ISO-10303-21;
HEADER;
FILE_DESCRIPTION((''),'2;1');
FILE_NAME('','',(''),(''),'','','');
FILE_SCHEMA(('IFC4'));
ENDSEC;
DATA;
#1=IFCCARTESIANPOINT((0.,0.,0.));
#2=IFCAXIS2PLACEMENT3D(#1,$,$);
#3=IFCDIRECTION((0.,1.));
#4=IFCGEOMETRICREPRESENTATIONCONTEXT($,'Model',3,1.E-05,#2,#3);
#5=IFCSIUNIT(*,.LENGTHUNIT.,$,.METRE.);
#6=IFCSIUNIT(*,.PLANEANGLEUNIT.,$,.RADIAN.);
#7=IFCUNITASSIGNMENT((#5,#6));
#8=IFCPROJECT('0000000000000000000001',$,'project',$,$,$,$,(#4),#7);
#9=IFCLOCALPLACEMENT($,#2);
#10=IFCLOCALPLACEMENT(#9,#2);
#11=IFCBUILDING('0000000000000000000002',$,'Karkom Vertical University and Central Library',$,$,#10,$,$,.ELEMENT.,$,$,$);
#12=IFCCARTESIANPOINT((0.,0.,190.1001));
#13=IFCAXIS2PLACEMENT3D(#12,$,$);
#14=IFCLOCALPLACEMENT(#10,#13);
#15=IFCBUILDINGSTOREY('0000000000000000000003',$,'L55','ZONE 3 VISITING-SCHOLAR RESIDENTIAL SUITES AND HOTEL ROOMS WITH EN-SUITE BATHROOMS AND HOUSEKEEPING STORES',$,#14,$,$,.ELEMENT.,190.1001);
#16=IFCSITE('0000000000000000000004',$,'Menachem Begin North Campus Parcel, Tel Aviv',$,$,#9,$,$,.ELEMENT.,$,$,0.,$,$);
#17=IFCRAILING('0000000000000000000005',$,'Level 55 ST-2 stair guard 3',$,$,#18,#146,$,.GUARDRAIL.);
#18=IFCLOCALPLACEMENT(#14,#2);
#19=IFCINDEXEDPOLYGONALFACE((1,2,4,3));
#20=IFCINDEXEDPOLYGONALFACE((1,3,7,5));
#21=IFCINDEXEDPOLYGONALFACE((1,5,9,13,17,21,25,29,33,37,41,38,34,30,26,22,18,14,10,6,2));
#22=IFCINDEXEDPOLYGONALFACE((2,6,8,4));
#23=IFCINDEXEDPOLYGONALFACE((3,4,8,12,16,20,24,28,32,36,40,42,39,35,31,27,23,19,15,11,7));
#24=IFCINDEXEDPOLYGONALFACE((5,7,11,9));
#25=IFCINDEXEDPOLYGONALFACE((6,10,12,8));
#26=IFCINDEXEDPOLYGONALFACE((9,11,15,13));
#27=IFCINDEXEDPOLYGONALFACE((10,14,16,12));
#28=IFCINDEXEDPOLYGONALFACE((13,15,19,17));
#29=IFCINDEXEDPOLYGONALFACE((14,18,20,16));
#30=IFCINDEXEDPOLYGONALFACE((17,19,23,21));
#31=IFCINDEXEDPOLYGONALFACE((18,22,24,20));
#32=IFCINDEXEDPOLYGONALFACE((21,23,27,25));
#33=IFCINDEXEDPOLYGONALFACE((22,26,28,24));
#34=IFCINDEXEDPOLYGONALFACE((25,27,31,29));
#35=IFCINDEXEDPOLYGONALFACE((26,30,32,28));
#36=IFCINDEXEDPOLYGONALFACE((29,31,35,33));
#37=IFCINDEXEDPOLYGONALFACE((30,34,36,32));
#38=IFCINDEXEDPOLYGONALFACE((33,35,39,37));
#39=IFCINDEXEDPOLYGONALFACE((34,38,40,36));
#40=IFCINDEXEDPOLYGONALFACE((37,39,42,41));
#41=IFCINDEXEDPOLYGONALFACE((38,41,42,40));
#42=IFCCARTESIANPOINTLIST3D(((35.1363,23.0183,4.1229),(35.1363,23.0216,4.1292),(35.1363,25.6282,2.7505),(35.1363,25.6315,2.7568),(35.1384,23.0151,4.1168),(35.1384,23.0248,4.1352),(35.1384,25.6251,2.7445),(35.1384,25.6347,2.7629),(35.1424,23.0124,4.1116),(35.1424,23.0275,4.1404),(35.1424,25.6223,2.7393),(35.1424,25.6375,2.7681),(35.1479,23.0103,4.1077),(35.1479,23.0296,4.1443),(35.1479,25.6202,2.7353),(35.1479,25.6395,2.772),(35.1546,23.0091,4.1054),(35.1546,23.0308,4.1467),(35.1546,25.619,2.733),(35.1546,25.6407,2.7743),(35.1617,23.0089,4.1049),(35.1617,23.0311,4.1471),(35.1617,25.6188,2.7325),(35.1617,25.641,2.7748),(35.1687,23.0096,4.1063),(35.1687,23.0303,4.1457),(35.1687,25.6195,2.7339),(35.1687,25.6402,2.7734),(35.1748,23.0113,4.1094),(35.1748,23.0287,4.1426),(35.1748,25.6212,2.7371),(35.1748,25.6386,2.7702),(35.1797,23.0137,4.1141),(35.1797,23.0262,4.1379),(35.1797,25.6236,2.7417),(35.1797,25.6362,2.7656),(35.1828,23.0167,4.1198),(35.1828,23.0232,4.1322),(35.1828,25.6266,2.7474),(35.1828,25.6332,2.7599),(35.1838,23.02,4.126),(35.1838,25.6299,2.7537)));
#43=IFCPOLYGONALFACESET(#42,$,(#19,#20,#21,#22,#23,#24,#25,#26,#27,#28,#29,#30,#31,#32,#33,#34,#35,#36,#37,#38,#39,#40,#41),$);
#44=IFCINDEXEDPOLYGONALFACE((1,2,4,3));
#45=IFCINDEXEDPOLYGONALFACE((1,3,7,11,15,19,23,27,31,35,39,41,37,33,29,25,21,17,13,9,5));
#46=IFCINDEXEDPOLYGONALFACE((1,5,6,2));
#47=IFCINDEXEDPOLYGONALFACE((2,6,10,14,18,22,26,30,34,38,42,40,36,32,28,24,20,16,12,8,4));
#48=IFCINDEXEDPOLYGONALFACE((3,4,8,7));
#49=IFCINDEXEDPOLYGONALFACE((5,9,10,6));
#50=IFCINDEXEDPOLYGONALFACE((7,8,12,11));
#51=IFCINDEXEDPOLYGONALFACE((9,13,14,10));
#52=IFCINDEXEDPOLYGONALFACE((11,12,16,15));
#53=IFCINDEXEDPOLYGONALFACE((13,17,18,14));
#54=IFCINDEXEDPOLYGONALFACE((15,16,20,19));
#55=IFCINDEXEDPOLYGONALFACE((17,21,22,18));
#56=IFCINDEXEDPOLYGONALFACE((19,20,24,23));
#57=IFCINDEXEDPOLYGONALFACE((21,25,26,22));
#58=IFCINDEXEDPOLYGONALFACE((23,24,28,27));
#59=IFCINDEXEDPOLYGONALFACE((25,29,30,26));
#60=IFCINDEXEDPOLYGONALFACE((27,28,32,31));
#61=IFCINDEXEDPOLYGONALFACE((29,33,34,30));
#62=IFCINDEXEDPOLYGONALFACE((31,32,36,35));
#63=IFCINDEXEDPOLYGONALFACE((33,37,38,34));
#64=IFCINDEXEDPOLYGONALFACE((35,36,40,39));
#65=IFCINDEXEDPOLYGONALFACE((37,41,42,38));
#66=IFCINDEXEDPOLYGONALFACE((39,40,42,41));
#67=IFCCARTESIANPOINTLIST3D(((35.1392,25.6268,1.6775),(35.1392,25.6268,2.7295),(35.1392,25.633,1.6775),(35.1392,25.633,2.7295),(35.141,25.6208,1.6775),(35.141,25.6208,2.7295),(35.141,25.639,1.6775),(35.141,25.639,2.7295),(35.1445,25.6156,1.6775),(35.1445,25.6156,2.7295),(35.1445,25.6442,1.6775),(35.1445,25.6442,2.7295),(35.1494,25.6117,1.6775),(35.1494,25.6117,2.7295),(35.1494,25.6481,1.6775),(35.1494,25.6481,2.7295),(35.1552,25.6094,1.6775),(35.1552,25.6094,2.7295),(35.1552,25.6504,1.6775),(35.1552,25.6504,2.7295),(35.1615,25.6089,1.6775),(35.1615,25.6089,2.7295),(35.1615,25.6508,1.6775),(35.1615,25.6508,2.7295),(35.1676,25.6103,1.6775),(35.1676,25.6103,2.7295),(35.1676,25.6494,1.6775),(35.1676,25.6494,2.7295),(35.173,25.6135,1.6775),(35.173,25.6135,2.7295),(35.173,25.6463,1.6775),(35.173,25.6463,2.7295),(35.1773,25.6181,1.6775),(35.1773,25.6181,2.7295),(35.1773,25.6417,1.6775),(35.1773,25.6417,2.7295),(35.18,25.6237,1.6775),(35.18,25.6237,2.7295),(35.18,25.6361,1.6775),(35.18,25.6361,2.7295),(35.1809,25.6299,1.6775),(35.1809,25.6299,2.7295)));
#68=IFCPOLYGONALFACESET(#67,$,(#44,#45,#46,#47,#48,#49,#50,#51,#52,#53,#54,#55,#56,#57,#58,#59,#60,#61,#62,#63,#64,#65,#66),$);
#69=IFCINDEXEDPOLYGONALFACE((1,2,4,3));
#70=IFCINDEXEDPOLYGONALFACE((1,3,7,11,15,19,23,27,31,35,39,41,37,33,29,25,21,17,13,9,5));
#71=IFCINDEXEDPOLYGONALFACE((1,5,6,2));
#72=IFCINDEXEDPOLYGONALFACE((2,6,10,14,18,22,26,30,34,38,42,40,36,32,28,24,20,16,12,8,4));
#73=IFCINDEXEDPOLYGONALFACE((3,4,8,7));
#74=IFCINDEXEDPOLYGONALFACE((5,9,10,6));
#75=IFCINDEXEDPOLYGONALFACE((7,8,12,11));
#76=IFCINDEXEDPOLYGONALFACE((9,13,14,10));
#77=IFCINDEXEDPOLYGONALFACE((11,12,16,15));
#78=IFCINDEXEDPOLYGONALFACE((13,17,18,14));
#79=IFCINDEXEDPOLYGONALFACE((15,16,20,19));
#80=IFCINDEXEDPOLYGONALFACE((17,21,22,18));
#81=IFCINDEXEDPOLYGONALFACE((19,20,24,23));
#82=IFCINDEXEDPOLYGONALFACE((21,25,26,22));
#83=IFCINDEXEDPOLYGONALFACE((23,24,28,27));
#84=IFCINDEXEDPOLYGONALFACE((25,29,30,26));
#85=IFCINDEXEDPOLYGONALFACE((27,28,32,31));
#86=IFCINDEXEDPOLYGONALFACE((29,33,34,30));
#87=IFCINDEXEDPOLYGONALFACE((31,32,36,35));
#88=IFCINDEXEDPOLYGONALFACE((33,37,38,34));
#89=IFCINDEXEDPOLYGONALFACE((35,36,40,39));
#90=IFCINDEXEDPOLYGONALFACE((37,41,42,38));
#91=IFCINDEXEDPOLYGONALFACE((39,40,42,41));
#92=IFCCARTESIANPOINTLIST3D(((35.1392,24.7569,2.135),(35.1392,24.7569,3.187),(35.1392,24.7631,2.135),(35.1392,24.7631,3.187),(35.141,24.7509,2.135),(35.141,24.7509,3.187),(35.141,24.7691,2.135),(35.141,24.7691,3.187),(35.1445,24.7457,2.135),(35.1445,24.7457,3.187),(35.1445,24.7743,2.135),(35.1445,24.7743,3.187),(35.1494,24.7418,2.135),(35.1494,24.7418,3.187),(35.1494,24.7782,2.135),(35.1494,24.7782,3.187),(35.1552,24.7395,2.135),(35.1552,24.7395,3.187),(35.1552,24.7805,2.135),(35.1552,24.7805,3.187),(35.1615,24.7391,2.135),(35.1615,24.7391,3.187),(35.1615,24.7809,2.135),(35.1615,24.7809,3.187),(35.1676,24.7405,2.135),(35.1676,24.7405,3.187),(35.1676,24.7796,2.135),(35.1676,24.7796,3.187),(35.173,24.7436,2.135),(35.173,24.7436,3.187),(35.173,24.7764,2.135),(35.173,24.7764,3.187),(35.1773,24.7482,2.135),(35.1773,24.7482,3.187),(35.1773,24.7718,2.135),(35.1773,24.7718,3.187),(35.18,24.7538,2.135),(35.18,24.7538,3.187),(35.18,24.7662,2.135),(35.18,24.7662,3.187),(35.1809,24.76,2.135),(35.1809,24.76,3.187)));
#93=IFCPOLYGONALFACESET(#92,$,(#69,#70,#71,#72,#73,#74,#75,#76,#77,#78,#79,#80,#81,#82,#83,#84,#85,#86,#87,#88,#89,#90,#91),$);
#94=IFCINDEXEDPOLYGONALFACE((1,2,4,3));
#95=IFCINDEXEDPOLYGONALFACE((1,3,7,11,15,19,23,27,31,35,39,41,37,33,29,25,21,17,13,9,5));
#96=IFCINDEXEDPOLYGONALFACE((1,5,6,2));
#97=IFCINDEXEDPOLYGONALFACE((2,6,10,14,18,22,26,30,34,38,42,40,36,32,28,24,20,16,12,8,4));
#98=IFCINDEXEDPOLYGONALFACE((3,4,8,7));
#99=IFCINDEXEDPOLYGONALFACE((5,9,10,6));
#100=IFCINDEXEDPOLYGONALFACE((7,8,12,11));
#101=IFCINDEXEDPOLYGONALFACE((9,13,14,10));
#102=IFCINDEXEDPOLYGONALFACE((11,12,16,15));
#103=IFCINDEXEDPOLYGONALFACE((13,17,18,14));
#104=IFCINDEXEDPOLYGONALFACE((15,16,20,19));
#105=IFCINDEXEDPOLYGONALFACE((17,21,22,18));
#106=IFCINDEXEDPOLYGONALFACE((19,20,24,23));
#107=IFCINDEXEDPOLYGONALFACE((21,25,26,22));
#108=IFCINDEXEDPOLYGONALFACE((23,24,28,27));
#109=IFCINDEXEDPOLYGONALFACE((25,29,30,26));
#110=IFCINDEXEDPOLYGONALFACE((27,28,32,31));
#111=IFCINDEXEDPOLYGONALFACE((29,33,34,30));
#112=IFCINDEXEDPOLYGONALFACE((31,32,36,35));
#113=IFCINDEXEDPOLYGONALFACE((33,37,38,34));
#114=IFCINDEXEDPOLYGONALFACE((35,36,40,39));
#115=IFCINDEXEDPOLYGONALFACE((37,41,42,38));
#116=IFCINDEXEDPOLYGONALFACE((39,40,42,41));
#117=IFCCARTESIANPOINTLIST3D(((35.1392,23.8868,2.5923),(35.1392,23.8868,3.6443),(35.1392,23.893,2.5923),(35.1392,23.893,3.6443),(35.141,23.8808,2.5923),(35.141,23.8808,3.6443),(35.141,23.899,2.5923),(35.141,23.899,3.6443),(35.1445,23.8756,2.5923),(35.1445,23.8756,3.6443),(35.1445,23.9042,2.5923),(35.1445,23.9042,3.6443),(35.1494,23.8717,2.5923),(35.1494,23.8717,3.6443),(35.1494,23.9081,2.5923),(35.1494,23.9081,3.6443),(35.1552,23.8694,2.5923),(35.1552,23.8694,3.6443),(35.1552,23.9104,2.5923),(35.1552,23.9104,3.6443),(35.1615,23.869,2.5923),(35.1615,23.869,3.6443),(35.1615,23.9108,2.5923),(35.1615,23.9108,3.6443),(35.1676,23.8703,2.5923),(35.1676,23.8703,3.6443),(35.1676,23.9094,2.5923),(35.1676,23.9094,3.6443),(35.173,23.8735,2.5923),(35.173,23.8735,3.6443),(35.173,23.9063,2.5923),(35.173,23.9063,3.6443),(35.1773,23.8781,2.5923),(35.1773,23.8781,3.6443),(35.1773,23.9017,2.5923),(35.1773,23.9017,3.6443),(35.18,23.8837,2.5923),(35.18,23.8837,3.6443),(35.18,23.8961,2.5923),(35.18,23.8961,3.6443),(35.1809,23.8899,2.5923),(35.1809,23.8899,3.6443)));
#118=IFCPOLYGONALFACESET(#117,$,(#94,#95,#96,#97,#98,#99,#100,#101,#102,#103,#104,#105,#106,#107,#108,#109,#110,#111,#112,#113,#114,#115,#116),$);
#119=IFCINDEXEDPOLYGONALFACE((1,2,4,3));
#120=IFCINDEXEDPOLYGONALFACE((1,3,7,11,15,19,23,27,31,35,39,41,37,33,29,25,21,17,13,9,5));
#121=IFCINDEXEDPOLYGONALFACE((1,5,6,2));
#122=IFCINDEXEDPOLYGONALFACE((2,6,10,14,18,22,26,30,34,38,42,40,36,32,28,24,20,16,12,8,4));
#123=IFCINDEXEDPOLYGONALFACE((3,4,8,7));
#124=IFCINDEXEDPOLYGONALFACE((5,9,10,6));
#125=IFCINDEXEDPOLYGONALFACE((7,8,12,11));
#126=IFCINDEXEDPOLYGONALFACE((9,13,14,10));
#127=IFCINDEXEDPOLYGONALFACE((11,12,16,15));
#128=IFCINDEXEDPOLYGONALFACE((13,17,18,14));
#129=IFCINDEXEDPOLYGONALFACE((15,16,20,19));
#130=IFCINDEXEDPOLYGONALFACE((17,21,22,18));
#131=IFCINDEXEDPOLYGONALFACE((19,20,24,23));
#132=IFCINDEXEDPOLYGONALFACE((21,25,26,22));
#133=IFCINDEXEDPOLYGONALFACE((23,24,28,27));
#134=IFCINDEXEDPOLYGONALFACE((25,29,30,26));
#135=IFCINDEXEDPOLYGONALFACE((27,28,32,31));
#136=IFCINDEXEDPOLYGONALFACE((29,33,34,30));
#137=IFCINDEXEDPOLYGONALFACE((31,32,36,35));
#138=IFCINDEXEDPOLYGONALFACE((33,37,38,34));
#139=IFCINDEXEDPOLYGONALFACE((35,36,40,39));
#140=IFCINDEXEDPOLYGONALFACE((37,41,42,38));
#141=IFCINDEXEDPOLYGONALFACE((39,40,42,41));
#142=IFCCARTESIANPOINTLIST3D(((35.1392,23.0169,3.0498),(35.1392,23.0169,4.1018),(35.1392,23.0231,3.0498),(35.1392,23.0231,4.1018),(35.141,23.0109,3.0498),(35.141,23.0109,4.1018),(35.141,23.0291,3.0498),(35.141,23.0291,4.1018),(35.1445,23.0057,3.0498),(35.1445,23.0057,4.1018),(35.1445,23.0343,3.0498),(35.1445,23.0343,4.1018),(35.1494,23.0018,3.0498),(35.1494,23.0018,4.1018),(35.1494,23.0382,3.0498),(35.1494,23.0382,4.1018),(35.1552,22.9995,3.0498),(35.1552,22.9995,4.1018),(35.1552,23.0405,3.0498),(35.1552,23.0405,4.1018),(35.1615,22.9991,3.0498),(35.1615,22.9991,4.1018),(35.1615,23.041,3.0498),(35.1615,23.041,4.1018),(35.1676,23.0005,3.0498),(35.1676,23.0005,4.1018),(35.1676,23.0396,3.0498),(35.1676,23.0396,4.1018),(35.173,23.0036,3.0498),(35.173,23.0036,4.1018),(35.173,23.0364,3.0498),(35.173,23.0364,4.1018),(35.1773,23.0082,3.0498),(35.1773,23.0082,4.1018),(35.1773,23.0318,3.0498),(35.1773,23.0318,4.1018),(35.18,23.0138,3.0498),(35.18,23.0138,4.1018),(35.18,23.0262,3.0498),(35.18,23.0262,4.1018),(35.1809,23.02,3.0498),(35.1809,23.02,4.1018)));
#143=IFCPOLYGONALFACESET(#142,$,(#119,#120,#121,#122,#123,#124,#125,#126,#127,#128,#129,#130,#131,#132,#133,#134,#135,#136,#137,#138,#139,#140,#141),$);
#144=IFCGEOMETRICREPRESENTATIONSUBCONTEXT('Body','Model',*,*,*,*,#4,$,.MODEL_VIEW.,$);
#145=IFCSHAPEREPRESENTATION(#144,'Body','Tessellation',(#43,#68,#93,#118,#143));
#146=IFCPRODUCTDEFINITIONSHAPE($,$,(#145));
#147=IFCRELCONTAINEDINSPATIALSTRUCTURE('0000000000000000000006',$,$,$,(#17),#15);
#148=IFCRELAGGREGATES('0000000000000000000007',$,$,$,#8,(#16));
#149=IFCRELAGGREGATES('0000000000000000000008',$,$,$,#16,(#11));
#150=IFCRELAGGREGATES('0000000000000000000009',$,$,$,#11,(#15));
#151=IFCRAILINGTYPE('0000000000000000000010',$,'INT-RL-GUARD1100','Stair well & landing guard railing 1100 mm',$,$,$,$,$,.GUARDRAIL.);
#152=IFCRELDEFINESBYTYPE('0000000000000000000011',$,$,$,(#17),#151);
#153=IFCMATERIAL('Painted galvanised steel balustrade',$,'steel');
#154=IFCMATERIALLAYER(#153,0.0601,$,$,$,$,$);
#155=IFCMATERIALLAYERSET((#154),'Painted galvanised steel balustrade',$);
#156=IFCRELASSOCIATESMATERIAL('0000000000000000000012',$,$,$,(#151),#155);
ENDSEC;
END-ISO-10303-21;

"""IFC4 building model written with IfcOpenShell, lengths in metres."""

from ifc_helpers import new_model, si_unit, direction, frame, origin, origin_2d, place, context, subcontext, project, spatial, circle, extrude, material, layer, layer_set, type_object, element, save


model = new_model("IFC4")

# Units and contexts
model_context = context("Model", 3, precision=1e-05, world=origin(), true_north=direction((0.0, 1.0)))
body_context = subcontext(model_context, "Body", "Model", "MODEL_VIEW")
ifc_project = project(units=[si_unit("LENGTHUNIT", "METRE"), si_unit("PLANEANGLEUNIT", "RADIAN")], contexts=[model_context])

# Site, building, storey
site_placement = place(None, origin())
site = spatial("IfcSite", under=ifc_project, at=site_placement, Name="Menachem Begin North Campus Parcel, Tel Aviv", CompositionType="ELEMENT", RefElevation=0.0)
building_placement = place(site_placement, origin())
building = spatial("IfcBuilding", under=site, at=building_placement, Name="Karkom Vertical University and Central Library", CompositionType="ELEMENT")
storey_placement = place(building_placement, frame((0.0, 0.0, 190.1001)))
storey = spatial("IfcBuildingStorey", under=building, at=storey_placement, Name="L55", Description="ZONE 3 VISITING-SCHOLAR RESIDENTIAL SUITES AND HOTEL ROOMS WITH EN-SUITE BATHROOMS AND HOUSEKEEPING STORES", CompositionType="ELEMENT", Elevation=190.1001)

# Railing
ifc_material_1 = material(Name="Painted galvanised steel balustrade", Category="steel")
ifc_layer_1 = layer(ifc_material_1, 0.0601)
ifc_layer_set_1 = layer_set([ifc_layer_1], Name="Painted galvanised steel balustrade")
railing_type_1 = type_object("IfcRailingType", Name="INT-RL-GUARD1100", Description="Stair well & landing guard railing 1100 mm", PredefinedType="GUARDRAIL", material=ifc_layer_set_1)
railing_1_placement = place(storey_placement, frame((35.1599, 25.6299, 1.6775)))
element("IfcRailing", 1, at=railing_1_placement, inside=storey, type_object=railing_type_1, Name="Level 55 ST-2 stair guard 3", PredefinedType="GUARDRAIL", context=body_context, shape_type="SweptSolid", body=[
    extrude(circle(Radius=0.0239, at=origin_2d()), frame((0.0, 0.0, 1.0762), z_axis=(0.0, -0.8851, 0.465402), x_axis=(1.0, 0.0, 0.0)), (0.0, 0.0, 1.0), 2.9487),
    extrude(circle(Radius=0.021, at=origin_2d()), origin(), (0.0, 0.0, 1.0), 1.052),
    extrude(circle(Radius=0.021, at=origin_2d()), frame((0.0, -0.8699, 0.4575)), (0.0, 0.0, 1.0), 1.052),
    extrude(circle(Radius=0.021, at=origin_2d()), frame((0.0, -1.74, 0.9148)), (0.0, 0.0, 1.0), 1.052),
    extrude(circle(Radius=0.021, at=origin_2d()), frame((0.0, -2.6099, 1.3723)), (0.0, 0.0, 1.0), 1.052),
])

save(model, "model.ifc")
